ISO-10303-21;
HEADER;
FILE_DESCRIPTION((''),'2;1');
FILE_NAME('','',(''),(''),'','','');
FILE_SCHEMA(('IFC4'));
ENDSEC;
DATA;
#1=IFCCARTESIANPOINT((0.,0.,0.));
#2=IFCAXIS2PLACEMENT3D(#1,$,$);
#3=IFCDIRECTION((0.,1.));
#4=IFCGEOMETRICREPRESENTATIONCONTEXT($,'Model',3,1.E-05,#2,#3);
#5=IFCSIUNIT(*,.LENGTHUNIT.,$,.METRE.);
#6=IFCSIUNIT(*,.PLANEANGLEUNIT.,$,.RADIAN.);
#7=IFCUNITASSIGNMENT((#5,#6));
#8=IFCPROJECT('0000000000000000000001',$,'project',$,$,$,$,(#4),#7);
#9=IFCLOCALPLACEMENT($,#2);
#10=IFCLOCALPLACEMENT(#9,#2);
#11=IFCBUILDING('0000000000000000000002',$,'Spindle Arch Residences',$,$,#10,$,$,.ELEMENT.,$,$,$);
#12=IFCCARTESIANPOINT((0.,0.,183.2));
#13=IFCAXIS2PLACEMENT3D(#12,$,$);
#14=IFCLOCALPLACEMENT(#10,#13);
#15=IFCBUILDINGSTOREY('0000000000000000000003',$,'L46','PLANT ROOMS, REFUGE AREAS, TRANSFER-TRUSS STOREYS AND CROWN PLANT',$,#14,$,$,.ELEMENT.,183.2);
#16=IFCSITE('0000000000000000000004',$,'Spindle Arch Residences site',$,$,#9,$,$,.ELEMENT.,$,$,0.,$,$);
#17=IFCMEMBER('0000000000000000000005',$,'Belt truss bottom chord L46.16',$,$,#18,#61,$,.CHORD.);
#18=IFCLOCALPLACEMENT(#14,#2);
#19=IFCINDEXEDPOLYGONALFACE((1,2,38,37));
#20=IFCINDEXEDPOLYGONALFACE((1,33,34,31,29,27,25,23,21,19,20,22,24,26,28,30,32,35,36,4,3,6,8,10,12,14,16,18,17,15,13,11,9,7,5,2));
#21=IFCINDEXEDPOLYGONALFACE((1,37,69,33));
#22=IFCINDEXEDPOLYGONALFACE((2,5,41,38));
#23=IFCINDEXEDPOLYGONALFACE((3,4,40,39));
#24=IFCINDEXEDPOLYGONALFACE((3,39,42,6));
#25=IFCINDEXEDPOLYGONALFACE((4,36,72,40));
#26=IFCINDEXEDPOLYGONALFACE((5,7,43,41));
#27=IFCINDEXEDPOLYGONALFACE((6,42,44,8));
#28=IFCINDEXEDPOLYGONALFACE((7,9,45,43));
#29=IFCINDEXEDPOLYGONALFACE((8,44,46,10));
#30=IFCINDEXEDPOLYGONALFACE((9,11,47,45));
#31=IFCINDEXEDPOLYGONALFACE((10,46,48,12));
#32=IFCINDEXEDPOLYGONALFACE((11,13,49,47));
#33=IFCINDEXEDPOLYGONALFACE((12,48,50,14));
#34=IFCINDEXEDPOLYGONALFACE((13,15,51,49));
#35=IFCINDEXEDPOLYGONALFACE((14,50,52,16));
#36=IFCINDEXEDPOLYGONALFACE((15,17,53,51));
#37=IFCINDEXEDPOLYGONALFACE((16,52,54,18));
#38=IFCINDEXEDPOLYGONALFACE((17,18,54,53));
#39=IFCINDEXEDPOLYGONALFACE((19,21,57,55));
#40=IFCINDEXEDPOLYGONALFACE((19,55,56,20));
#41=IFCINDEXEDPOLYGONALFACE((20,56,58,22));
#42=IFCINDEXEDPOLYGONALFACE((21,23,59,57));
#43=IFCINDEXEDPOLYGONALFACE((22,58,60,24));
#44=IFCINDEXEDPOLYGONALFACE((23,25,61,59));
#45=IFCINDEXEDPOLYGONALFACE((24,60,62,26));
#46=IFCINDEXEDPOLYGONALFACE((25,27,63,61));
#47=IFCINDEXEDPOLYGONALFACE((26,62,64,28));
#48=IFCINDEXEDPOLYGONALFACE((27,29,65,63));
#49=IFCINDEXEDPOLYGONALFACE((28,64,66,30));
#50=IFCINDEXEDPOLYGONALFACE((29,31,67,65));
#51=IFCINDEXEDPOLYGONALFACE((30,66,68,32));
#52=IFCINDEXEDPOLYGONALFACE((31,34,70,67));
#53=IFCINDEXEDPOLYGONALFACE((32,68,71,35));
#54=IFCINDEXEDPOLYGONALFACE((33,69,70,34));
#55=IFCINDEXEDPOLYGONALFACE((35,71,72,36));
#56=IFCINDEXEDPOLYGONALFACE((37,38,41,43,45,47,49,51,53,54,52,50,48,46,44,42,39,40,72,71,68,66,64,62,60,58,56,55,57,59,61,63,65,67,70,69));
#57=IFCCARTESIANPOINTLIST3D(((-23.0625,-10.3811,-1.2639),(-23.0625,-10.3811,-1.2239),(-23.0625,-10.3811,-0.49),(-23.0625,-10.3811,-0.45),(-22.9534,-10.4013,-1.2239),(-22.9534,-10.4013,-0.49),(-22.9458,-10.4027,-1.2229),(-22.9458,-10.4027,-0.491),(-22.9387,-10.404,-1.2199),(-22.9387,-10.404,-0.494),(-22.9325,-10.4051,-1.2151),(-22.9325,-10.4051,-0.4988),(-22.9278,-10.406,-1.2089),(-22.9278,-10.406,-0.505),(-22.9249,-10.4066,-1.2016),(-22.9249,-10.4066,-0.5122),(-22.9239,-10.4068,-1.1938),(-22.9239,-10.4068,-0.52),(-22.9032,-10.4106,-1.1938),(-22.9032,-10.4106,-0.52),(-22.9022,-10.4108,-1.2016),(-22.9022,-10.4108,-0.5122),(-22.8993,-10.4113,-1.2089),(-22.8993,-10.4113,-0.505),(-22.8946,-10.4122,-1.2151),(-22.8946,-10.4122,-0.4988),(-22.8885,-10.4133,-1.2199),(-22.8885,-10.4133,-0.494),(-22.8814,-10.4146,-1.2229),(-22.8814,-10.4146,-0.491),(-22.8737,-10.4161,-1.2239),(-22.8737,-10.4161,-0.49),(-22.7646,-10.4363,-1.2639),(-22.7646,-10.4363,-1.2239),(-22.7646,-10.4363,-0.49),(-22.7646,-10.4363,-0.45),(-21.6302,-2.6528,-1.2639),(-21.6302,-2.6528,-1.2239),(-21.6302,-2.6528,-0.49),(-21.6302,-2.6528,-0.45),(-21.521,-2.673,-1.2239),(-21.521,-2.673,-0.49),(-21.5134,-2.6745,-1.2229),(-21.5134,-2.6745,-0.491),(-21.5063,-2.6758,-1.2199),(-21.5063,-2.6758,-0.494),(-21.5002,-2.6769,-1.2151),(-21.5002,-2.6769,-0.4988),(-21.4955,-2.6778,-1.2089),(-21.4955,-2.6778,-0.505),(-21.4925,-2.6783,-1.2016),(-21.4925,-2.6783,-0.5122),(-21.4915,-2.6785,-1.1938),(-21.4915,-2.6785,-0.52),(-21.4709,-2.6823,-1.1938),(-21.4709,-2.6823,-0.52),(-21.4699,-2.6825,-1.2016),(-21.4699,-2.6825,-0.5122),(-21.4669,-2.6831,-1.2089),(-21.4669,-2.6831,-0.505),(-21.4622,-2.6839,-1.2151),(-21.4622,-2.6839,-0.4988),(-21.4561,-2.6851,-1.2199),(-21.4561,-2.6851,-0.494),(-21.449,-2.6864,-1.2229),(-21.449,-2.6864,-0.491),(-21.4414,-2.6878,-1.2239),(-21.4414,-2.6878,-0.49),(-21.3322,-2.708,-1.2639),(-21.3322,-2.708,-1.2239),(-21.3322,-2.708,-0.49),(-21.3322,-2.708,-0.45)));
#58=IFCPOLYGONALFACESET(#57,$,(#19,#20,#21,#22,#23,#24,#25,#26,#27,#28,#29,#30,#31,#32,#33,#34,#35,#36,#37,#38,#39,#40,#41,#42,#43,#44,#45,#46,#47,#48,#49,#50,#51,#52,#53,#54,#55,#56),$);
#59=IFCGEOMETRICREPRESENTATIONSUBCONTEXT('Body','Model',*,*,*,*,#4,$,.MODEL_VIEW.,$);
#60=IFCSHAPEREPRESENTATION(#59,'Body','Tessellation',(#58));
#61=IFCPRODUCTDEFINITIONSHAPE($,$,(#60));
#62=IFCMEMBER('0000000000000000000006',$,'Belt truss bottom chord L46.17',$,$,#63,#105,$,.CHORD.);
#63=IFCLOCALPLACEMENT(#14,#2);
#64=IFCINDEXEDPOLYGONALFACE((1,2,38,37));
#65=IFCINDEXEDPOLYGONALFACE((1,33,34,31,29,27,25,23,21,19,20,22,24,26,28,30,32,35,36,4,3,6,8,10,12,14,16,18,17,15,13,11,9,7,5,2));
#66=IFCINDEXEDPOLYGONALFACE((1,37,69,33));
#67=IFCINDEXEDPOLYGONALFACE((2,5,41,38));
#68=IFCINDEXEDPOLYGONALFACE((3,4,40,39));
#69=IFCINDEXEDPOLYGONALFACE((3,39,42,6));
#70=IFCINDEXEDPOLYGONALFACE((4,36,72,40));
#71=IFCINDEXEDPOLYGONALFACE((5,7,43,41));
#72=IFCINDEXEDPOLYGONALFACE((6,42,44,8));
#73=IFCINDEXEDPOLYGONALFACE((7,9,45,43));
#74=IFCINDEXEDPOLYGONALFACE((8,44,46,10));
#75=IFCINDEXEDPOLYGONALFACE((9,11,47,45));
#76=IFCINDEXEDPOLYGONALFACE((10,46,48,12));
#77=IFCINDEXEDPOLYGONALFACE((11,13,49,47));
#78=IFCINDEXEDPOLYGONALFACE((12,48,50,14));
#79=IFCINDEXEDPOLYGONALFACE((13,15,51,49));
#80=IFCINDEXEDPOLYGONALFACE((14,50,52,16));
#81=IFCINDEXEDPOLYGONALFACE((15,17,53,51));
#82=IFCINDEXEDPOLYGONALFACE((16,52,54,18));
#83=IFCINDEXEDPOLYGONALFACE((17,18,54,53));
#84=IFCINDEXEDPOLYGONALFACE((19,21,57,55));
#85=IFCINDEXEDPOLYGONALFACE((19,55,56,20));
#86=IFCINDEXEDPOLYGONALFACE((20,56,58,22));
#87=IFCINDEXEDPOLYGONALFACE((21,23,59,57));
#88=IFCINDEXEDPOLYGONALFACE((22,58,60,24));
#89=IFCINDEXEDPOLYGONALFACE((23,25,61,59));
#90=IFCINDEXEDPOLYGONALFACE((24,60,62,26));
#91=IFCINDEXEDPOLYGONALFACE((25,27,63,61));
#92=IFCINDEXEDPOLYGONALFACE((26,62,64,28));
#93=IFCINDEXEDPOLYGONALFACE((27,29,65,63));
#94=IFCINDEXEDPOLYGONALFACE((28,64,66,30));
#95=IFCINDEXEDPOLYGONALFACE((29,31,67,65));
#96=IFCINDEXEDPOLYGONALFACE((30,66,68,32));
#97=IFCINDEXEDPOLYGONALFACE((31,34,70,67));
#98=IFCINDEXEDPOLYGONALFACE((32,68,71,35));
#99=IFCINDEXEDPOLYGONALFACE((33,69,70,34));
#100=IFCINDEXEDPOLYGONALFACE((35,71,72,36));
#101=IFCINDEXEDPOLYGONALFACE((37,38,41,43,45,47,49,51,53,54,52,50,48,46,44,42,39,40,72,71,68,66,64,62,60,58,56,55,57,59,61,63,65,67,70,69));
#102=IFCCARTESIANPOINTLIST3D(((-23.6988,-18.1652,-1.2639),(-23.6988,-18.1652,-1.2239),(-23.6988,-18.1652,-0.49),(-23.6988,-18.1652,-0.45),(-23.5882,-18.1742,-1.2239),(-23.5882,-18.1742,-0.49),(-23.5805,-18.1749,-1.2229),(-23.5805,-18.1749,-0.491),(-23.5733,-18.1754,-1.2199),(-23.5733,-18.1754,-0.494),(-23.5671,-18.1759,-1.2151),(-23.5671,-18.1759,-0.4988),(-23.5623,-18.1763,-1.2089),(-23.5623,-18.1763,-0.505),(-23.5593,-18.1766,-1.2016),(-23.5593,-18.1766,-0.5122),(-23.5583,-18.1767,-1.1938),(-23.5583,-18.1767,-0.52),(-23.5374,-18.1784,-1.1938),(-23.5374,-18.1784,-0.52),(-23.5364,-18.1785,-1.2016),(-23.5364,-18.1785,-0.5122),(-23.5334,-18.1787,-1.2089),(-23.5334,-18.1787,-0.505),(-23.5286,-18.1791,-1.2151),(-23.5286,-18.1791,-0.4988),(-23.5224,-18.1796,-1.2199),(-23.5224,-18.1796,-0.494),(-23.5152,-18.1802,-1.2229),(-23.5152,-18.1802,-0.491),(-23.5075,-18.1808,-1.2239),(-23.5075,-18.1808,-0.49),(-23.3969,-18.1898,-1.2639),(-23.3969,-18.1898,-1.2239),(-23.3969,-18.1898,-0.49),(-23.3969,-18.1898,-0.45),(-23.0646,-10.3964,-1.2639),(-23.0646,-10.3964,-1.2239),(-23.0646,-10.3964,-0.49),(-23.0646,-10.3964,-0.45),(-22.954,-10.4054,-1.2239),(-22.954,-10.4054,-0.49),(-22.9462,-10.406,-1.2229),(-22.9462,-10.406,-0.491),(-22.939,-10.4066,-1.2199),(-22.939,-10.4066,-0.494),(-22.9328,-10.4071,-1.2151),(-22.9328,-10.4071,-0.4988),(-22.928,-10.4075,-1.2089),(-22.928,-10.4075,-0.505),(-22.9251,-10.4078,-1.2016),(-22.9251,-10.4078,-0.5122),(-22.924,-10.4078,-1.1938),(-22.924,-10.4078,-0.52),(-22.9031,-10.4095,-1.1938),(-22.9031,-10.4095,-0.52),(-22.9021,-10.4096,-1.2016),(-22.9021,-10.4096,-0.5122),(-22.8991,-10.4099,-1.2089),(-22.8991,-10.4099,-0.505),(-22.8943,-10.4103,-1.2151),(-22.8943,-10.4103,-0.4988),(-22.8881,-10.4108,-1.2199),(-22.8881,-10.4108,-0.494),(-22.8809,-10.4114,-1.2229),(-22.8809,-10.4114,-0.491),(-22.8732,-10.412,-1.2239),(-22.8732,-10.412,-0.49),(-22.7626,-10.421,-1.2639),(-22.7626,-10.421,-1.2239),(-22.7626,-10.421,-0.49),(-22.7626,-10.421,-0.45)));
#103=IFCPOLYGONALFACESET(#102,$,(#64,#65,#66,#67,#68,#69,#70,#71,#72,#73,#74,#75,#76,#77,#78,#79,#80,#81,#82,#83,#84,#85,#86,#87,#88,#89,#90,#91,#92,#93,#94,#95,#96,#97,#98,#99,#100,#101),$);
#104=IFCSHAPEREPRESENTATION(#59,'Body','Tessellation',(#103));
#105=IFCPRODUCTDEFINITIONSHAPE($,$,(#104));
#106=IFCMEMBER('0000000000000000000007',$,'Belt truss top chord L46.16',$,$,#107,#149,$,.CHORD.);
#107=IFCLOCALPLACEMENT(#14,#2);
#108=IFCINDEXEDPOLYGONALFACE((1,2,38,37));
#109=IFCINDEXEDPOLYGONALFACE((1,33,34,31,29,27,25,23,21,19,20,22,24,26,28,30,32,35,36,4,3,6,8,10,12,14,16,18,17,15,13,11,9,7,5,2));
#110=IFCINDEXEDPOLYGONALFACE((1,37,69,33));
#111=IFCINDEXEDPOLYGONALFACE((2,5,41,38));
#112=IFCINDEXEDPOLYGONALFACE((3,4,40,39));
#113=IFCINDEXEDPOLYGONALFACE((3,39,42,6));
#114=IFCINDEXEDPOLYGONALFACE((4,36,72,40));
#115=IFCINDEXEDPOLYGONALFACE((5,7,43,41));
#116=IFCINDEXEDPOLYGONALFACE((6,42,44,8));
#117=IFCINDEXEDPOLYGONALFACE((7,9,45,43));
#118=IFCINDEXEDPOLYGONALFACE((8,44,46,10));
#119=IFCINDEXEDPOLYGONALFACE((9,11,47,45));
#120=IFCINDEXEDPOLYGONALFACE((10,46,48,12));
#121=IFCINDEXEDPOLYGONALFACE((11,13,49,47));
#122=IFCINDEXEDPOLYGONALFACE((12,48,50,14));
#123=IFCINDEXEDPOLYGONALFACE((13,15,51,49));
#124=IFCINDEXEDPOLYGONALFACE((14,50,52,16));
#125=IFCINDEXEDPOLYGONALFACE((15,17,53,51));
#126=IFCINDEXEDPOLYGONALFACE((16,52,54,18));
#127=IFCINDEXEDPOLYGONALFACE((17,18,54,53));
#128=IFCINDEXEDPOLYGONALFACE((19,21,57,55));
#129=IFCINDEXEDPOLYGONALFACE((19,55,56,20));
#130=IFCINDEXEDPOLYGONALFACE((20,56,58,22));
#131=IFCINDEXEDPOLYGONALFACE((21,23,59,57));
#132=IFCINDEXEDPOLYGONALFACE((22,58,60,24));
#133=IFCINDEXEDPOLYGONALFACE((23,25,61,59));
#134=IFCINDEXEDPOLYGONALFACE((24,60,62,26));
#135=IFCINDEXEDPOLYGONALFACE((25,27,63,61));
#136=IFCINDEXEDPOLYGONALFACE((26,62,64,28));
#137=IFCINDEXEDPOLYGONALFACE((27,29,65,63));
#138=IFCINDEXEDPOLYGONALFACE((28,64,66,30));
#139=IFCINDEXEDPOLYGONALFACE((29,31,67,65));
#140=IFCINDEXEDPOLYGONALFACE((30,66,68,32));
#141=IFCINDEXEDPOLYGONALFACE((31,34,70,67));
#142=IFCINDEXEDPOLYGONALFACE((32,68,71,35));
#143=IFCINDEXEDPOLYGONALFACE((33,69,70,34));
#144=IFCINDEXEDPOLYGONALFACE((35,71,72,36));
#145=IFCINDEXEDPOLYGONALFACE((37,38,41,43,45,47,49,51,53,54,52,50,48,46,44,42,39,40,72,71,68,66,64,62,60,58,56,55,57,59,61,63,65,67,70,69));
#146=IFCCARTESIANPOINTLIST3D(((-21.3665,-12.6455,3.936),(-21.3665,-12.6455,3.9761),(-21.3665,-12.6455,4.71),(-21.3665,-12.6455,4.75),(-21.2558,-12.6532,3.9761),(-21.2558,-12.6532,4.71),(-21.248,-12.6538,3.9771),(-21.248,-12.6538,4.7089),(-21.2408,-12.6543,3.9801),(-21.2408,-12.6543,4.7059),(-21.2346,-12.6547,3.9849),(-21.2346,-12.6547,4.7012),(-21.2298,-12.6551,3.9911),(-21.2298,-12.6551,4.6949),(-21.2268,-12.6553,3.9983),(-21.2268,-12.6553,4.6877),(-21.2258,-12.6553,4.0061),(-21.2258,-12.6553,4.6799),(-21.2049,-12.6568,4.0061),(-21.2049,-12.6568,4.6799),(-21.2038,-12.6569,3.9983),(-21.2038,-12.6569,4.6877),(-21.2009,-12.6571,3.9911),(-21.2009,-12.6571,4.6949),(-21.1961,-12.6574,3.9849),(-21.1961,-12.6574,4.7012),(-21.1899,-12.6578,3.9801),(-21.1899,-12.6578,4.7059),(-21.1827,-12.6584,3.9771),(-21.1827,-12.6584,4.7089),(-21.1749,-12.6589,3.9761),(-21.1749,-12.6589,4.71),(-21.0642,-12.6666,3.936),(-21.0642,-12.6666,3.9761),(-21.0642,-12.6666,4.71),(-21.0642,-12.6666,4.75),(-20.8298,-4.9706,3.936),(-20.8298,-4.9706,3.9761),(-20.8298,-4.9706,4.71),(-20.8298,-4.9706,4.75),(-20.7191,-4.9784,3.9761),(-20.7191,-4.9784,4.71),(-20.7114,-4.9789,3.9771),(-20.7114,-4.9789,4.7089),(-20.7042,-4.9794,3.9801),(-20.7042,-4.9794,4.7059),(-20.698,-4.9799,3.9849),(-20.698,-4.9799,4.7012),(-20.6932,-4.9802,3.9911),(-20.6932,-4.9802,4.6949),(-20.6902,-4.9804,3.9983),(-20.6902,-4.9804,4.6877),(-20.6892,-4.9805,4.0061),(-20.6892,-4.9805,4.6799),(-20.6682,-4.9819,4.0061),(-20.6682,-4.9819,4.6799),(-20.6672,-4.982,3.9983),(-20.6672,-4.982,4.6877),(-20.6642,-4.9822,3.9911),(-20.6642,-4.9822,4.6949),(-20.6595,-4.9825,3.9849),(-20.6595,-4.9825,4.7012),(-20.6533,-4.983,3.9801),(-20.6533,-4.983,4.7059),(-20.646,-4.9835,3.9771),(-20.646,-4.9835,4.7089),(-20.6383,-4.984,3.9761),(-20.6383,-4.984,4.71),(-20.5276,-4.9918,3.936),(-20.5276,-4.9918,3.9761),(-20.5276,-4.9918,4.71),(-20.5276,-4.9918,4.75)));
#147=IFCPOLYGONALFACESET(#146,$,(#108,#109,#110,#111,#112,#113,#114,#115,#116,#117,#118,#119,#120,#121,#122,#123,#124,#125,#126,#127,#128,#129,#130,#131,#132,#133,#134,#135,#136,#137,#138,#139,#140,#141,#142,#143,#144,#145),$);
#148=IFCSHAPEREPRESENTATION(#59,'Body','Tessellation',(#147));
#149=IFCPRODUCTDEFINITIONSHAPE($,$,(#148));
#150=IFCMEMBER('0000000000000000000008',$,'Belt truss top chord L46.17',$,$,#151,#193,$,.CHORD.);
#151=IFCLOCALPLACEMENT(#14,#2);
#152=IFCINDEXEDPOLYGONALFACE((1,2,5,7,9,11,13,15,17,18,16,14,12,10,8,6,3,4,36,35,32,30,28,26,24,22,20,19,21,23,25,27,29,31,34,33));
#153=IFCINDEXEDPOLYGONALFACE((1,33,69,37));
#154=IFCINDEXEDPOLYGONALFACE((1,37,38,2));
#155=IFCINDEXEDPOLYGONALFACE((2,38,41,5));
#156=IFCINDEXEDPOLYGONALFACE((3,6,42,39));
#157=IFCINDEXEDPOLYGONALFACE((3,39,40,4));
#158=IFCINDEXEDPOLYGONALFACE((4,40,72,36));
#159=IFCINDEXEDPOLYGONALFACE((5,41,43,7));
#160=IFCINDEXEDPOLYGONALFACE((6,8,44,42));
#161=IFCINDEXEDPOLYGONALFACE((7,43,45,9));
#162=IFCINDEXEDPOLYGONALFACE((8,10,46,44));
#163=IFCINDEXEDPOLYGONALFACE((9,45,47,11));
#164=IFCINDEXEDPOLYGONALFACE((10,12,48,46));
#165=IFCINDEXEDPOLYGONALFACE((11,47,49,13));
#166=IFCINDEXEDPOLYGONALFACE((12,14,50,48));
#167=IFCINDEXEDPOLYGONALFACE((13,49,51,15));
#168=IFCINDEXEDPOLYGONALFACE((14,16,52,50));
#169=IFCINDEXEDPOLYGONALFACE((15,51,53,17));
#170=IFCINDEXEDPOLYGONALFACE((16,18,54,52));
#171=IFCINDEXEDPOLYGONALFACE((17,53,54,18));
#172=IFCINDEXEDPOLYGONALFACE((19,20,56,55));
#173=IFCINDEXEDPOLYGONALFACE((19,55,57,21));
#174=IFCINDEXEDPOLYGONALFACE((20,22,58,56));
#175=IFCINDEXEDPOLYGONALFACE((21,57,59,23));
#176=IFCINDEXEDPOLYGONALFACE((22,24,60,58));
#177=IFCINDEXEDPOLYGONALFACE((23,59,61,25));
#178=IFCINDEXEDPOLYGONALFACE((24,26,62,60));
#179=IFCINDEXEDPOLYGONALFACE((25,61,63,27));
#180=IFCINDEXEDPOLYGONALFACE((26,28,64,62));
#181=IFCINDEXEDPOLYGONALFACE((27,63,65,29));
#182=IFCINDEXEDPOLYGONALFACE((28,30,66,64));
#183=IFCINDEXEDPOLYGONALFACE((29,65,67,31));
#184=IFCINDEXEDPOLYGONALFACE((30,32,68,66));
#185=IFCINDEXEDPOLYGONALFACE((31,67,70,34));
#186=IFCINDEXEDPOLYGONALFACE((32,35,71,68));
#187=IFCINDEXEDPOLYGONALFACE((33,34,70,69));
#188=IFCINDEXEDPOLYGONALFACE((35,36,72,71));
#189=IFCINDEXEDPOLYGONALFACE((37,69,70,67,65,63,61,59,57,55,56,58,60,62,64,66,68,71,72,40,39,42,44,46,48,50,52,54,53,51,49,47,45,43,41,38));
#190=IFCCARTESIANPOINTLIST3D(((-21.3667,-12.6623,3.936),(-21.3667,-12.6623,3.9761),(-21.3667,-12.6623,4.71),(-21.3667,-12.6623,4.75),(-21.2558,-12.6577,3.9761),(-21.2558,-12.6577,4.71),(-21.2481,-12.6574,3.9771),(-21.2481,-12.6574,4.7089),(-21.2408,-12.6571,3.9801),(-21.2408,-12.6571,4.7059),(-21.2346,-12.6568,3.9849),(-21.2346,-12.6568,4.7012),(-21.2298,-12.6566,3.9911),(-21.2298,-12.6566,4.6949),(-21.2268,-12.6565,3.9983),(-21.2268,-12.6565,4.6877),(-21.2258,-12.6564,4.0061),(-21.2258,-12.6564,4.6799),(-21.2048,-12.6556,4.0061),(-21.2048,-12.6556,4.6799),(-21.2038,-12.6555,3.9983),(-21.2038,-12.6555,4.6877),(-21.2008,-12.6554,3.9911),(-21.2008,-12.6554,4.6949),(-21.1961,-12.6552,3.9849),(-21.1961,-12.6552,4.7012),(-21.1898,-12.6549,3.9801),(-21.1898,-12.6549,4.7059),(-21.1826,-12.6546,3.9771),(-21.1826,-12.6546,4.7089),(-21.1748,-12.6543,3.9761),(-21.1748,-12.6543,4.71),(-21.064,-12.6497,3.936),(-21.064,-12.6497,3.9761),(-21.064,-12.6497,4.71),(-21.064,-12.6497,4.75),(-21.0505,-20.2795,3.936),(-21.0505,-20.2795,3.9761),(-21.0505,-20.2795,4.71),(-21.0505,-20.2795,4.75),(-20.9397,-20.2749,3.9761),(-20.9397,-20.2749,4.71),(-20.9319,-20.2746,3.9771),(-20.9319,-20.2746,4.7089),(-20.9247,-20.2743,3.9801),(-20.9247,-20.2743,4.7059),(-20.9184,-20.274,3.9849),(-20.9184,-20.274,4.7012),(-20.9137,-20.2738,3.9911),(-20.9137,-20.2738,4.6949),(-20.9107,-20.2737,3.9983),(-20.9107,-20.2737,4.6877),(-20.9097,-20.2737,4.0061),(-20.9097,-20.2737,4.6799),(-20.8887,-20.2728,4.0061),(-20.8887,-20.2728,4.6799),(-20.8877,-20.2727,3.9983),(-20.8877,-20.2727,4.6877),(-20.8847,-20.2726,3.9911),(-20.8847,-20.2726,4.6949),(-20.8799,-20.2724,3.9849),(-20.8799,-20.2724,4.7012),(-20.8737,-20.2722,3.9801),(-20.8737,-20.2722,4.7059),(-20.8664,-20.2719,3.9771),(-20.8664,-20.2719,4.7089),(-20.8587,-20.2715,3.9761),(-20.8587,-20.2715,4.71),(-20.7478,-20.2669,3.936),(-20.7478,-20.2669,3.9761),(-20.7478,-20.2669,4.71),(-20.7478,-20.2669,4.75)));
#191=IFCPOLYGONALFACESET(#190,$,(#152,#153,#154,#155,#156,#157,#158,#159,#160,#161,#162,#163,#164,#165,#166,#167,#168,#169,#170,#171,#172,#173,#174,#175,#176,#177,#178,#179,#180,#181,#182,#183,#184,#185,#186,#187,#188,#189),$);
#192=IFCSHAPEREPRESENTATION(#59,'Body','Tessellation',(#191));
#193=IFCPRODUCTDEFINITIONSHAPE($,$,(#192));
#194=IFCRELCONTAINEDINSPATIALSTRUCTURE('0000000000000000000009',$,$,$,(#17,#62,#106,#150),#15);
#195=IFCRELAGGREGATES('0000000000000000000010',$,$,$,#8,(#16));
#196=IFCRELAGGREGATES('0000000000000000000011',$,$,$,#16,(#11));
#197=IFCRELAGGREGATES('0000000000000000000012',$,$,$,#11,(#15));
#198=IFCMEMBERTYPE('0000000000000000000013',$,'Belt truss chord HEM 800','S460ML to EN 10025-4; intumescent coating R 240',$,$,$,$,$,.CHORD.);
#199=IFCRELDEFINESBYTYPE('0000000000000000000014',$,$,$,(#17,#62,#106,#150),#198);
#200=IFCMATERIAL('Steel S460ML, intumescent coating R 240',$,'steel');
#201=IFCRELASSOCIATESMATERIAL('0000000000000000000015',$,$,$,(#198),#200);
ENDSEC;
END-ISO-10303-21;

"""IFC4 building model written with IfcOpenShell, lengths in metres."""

from ifc_helpers import new_model, si_unit, direction, frame, origin, origin_2d, place, context, subcontext, project, spatial, i_section, extrude, material, material_profile, profile_set, type_object, element, save


model = new_model("IFC4")

# Units and contexts
model_context = context("Model", 3, precision=1e-05, world=origin(), true_north=direction((0.0, 1.0)))
body_context = subcontext(model_context, "Body", "Model", "MODEL_VIEW")
ifc_project = project(units=[si_unit("LENGTHUNIT", "METRE"), si_unit("PLANEANGLEUNIT", "RADIAN")], contexts=[model_context])

# Site, building, storey
site_placement = place(None, origin())
site = spatial("IfcSite", under=ifc_project, at=site_placement, Name="Spindle Arch Residences site", CompositionType="ELEMENT", RefElevation=0.0)
building_placement = place(site_placement, origin())
building = spatial("IfcBuilding", under=site, at=building_placement, Name="Spindle Arch Residences", CompositionType="ELEMENT")
storey_placement = place(building_placement, frame((0.0, 0.0, 183.2)))
storey = spatial("IfcBuildingStorey", under=building, at=storey_placement, Name="L46", Description="PLANT ROOMS, REFUGE AREAS, TRANSFER-TRUSS STOREYS AND CROWN PLANT", CompositionType="ELEMENT", Elevation=183.2)

# Members
ifc_material_1 = material(Name="Steel S460ML, intumescent coating R 240", Category="steel")
ifc_material_profile_1 = material_profile(ifc_material_1, i_section(OverallWidth=0.303, OverallDepth=0.814, WebThickness=0.021, FlangeThickness=0.04, FilletRadius=0.03, at=origin_2d()), Name="HEM 800")
ifc_profile_set_1 = profile_set([ifc_material_profile_1], Name="Steel S460ML, intumescent coating R 240")
member_type_1 = type_object("IfcMemberType", Name="Belt truss chord HEM 800", Description="S460ML to EN 10025-4; intumescent coating R 240", PredefinedType="CHORD", material=ifc_profile_set_1)
member_1_placement = place(storey_placement, frame((-21.4812, -2.6804, -0.8569), z_axis=(-0.182238, -0.983254, 0.0), x_axis=(0.983254, -0.182238, 0.0)))
element("IfcMember", 1, at=member_1_placement, inside=storey, type_object=member_type_1, Name="Belt truss bottom chord L46.16", PredefinedType="CHORD", context=body_context, shape_type="SweptSolid", body=[
    extrude(i_section(OverallWidth=0.303, OverallDepth=0.814, WebThickness=0.021, FlangeThickness=0.04, FilletRadius=0.03, at=origin_2d()), origin(), (0.0, 0.0, 1.0), 7.8599),
])
member_2_placement = place(storey_placement, frame((-22.9136, -10.4087, -0.8569), z_axis=(-0.081373, -0.996684, 0.0), x_axis=(0.996684, -0.081373, 0.0)))
element("IfcMember", 2, at=member_2_placement, inside=storey, type_object=member_type_1, Name="Belt truss bottom chord L46.17", PredefinedType="CHORD", context=body_context, shape_type="SweptSolid", body=[
    extrude(i_section(OverallWidth=0.303, OverallDepth=0.814, WebThickness=0.021, FlangeThickness=0.04, FilletRadius=0.03, at=origin_2d()), origin(), (0.0, 0.0, 1.0), 7.7947),
])
member_3_placement = place(storey_placement, frame((-20.6787, -4.9812, 4.343), z_axis=(-0.06975, -0.997565, 0.0), x_axis=(0.997565, -0.06975, 0.0)))
element("IfcMember", 3, at=member_3_placement, inside=storey, type_object=member_type_1, Name="Belt truss top chord L46.16", PredefinedType="CHORD", context=body_context, shape_type="SweptSolid", body=[
    extrude(i_section(OverallWidth=0.303, OverallDepth=0.814, WebThickness=0.021, FlangeThickness=0.04, FilletRadius=0.03, at=origin_2d()), origin(), (0.0, 0.0, 1.0), 7.6936),
])
member_4_placement = place(storey_placement, frame((-21.2153, -12.656, 4.343), z_axis=(0.041471, -0.99914, 0.0), x_axis=(0.99914, 0.041471, 0.0)))
element("IfcMember", 4, at=member_4_placement, inside=storey, type_object=member_type_1, Name="Belt truss top chord L46.17", PredefinedType="CHORD", context=body_context, shape_type="SweptSolid", body=[
    extrude(i_section(OverallWidth=0.303, OverallDepth=0.814, WebThickness=0.021, FlangeThickness=0.04, FilletRadius=0.03, at=origin_2d()), origin(), (0.0, 0.0, 1.0), 7.6238),
])

save(model, "model.ifc")
